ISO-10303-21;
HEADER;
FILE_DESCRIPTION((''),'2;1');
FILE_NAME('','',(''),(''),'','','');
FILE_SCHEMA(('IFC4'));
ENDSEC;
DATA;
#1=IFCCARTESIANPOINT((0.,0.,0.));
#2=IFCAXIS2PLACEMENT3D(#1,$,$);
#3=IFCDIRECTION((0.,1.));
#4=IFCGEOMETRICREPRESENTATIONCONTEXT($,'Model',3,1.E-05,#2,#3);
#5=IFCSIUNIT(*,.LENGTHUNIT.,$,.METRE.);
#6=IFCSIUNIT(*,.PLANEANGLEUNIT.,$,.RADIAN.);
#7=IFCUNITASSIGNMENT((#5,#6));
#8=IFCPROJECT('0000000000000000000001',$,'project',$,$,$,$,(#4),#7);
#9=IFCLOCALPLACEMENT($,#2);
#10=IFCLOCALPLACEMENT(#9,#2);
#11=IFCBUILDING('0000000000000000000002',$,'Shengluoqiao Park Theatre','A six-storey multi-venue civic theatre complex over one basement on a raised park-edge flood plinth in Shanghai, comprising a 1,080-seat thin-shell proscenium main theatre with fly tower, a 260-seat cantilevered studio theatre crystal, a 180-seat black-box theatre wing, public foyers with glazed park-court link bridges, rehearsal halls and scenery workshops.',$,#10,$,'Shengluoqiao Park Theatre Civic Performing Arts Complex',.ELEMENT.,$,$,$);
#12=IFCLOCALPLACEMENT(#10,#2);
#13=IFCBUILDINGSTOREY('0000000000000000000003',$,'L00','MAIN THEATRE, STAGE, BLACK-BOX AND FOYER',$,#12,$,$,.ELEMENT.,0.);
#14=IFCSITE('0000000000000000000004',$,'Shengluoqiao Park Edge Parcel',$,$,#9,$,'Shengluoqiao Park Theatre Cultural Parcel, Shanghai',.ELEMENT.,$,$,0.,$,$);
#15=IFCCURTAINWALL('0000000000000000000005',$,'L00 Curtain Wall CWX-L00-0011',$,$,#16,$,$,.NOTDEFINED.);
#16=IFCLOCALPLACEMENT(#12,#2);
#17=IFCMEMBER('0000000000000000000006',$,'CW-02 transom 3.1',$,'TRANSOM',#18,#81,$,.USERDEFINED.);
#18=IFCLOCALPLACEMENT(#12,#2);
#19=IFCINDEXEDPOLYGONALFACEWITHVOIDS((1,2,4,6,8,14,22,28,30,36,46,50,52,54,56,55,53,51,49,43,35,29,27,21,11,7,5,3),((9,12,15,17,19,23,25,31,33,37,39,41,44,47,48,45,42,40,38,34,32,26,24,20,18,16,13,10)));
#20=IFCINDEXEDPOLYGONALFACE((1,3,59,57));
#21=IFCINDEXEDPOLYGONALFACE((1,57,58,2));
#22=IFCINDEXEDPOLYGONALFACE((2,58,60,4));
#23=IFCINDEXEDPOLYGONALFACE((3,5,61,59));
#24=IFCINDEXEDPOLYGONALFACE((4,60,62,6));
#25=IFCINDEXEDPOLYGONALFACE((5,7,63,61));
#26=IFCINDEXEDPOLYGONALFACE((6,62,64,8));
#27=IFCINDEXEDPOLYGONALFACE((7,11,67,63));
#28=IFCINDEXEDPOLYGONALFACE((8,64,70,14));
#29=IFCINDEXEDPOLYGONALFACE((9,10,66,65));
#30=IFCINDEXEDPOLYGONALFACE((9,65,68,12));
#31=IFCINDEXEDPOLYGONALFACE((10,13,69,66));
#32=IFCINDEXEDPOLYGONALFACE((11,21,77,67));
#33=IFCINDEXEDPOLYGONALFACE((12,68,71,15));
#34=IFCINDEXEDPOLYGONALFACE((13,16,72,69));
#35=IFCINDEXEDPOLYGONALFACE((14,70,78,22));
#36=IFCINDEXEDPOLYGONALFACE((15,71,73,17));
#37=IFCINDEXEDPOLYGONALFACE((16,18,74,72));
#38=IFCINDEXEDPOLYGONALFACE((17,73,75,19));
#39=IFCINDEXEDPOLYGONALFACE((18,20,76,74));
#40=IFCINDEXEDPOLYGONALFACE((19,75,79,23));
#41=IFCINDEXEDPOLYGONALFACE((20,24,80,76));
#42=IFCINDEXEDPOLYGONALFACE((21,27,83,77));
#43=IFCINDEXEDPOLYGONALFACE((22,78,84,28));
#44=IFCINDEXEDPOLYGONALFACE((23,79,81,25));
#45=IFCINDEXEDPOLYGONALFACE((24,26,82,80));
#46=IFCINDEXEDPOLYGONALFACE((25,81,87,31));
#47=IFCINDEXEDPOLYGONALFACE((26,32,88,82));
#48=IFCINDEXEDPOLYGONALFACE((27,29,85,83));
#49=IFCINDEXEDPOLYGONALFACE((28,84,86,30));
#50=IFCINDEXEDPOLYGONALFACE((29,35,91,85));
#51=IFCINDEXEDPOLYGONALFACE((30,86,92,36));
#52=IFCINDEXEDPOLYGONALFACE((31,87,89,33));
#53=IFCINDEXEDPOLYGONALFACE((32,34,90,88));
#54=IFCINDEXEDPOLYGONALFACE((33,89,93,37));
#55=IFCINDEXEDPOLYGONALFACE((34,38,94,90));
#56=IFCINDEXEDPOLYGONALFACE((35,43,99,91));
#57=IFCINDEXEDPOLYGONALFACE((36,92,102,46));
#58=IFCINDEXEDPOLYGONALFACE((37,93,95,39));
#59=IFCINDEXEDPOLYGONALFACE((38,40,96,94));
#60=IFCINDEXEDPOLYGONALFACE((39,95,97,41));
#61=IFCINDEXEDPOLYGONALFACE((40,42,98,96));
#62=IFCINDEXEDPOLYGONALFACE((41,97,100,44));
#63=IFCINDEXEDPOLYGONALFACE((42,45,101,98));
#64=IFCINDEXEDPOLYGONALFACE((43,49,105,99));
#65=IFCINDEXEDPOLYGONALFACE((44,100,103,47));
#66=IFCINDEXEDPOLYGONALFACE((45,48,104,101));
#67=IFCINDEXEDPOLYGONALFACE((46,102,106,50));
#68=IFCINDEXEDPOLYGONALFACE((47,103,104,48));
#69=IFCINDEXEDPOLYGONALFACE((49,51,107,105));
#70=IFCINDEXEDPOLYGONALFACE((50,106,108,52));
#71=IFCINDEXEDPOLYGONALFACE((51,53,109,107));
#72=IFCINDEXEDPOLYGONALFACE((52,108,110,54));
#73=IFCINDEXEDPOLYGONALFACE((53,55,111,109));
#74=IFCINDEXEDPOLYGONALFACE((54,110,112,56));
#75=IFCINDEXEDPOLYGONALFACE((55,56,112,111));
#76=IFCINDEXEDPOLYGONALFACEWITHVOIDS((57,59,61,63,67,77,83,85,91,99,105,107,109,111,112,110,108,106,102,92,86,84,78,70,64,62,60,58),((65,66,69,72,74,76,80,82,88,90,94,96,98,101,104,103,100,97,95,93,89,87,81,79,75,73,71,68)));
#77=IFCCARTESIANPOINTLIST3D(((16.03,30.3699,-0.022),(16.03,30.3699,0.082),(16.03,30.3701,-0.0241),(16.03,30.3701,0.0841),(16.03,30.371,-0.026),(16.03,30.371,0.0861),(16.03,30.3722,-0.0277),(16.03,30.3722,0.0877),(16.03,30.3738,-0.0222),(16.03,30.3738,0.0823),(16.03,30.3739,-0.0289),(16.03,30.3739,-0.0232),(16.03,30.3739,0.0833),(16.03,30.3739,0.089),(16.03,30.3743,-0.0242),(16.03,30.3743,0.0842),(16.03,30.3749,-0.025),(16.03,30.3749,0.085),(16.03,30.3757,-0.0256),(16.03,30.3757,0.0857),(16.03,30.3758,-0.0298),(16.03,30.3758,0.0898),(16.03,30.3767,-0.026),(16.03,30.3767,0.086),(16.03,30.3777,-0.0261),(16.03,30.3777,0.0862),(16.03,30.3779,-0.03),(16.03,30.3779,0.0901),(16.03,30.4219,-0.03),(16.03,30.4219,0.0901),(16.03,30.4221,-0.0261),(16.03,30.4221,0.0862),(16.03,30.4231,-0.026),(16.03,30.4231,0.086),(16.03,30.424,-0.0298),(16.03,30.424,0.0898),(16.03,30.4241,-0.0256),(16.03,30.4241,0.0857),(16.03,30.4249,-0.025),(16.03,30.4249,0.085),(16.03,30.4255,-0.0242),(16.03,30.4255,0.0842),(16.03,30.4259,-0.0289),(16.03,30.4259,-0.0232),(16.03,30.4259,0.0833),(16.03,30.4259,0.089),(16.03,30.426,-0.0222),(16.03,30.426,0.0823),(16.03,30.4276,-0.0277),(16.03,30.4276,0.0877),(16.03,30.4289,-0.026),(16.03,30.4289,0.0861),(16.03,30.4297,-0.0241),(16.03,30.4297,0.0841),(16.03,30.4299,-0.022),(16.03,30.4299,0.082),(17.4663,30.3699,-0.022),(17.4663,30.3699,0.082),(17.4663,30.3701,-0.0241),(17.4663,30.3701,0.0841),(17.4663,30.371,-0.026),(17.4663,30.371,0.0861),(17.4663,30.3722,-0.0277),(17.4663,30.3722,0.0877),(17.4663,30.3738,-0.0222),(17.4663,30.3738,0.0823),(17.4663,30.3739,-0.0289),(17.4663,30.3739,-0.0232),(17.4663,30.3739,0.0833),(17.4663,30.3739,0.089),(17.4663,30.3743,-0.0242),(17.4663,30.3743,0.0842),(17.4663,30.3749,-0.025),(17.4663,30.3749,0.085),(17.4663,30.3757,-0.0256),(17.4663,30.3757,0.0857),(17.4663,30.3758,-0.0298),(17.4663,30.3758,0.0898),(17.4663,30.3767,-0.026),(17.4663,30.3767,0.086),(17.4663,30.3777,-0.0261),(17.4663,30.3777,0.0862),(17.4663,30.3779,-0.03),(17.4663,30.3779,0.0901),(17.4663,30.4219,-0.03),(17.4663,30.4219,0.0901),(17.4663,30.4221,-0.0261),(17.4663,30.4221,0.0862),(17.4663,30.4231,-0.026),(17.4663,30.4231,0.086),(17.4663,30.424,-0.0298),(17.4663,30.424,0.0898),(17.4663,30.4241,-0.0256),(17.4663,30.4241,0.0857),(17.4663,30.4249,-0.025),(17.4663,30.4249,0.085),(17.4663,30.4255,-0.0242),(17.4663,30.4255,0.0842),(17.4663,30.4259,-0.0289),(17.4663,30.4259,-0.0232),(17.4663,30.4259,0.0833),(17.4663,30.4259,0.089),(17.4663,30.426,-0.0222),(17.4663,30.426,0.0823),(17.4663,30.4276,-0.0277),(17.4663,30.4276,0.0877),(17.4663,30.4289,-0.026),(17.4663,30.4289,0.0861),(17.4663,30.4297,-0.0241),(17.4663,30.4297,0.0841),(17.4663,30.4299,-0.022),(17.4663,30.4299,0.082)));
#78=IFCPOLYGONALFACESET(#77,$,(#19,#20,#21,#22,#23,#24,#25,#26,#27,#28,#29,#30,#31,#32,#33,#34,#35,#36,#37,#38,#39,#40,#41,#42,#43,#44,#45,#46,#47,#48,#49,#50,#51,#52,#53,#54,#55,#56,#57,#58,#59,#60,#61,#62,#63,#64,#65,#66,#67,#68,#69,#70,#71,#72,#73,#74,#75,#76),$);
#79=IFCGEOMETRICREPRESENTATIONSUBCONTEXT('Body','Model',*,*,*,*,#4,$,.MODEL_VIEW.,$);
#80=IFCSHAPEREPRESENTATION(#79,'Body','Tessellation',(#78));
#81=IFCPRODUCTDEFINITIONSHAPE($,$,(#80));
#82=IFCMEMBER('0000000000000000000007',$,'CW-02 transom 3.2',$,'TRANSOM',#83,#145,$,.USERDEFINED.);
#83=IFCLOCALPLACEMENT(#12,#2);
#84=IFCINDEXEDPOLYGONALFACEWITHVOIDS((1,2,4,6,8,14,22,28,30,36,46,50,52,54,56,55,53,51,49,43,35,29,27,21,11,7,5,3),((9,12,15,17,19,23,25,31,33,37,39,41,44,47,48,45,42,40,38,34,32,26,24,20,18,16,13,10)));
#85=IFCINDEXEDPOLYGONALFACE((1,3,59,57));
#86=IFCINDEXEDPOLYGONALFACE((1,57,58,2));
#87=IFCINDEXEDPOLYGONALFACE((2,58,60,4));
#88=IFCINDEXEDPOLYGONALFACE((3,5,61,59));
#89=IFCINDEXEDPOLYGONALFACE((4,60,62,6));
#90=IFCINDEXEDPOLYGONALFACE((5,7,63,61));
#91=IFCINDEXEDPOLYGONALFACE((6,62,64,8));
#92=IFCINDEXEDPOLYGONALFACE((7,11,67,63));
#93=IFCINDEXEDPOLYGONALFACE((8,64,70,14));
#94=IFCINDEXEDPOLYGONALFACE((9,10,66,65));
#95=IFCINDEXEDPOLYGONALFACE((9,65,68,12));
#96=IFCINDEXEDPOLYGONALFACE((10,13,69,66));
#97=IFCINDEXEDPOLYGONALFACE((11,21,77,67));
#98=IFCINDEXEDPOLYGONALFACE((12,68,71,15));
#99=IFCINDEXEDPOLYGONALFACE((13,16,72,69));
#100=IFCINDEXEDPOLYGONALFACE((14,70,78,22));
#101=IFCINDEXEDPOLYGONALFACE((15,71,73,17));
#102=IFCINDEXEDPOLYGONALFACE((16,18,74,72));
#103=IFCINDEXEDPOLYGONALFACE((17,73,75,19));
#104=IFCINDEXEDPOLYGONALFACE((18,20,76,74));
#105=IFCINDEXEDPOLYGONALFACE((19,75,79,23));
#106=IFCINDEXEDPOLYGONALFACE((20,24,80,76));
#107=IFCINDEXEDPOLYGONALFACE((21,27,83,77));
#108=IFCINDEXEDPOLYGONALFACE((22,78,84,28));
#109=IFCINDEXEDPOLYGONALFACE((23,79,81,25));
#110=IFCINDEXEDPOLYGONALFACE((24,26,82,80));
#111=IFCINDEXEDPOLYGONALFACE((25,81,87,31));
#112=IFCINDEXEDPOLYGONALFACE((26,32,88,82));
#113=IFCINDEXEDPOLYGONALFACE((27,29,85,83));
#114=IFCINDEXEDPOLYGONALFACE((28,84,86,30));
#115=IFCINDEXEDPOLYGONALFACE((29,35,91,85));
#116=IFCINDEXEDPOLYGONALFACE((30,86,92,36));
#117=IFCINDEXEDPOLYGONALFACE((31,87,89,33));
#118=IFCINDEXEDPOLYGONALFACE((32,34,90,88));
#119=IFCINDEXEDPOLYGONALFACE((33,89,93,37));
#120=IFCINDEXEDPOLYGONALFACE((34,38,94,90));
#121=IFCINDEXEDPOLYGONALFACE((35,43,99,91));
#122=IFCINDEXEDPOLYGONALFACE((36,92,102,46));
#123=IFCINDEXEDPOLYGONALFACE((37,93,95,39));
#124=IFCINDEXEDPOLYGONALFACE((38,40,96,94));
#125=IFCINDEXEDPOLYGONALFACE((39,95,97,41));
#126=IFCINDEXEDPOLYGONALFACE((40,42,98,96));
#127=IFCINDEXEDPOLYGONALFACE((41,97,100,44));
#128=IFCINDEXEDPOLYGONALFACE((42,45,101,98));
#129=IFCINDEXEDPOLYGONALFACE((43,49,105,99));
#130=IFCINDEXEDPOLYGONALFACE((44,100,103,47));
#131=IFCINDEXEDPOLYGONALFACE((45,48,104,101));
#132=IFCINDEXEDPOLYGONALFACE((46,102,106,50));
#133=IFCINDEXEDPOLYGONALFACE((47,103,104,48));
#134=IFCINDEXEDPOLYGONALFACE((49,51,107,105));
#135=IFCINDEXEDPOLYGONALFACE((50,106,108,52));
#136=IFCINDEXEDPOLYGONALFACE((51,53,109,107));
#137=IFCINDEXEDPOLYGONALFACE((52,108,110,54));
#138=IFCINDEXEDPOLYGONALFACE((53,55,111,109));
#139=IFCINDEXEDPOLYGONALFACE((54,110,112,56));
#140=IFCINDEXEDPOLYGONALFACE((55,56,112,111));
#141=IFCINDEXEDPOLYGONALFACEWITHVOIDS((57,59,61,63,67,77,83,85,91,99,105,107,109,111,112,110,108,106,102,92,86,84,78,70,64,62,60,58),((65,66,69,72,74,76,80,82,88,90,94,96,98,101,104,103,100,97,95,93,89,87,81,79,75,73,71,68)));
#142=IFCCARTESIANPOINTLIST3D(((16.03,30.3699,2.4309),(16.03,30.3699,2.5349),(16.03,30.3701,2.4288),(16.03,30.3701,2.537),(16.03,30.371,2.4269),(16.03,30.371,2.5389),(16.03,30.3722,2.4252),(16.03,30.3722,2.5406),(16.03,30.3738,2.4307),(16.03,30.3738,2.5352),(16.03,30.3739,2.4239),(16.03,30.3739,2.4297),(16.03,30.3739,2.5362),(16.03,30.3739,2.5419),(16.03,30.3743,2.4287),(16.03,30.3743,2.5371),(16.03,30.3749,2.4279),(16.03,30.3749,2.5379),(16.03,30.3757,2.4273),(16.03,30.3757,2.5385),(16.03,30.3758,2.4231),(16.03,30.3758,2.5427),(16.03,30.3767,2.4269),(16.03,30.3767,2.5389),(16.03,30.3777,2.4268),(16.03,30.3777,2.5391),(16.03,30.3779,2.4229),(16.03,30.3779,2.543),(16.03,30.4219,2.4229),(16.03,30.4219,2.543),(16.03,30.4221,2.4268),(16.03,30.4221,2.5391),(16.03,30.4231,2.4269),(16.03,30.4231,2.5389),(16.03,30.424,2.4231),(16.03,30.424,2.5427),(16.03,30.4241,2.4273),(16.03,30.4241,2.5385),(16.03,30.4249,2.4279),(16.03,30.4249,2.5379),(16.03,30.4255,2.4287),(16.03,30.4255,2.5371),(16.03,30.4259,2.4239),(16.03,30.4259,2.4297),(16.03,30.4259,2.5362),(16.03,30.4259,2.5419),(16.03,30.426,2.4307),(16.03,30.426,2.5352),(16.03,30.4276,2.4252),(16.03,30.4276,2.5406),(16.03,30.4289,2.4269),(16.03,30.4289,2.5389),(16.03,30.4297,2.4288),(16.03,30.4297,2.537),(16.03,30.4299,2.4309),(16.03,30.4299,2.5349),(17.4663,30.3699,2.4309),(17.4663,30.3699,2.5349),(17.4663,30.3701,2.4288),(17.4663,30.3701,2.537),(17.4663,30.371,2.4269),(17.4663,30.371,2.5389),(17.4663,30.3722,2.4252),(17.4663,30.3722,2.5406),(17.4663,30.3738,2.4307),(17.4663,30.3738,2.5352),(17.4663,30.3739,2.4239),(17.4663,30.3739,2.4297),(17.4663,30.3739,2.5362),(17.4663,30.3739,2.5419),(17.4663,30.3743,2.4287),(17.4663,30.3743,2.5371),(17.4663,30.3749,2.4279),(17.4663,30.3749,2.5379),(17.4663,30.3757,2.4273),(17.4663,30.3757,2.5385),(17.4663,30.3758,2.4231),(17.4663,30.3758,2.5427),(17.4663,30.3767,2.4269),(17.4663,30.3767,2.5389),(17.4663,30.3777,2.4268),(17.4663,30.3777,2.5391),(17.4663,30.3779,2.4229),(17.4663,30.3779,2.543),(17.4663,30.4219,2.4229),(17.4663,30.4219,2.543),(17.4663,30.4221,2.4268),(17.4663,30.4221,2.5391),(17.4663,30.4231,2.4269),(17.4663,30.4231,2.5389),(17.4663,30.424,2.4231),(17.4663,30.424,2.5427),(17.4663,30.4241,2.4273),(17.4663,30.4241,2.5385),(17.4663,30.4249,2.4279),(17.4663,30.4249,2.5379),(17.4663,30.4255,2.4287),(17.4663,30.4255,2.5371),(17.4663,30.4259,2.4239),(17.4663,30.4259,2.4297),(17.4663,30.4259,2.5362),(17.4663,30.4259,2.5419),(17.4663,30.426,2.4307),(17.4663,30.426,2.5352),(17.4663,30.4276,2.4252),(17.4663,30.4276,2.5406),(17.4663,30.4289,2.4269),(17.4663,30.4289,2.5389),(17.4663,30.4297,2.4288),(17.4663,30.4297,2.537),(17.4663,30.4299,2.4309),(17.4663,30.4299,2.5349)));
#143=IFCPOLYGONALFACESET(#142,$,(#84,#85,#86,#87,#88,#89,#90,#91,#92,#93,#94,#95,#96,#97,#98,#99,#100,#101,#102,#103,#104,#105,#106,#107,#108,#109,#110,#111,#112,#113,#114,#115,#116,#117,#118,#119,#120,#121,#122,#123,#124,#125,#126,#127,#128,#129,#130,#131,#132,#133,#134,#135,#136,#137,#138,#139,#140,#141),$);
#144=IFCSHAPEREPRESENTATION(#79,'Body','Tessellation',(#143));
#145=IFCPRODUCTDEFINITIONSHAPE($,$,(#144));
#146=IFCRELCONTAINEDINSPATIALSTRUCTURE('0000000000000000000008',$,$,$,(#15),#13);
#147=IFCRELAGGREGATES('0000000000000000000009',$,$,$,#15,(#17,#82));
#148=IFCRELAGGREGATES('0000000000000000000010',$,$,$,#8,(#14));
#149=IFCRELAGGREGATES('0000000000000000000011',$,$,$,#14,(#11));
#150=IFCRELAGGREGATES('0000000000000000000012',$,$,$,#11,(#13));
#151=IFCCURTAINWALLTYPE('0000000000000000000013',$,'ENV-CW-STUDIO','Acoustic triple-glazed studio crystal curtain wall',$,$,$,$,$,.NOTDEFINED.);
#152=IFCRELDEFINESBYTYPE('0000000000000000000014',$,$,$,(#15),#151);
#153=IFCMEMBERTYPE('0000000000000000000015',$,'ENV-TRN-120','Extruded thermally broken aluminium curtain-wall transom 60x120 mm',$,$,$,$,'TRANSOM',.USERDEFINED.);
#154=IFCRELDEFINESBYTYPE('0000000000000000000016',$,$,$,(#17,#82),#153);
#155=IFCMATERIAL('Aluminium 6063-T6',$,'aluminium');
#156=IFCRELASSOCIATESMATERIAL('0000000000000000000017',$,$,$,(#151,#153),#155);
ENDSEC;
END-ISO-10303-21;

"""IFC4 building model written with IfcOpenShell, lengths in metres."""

from ifc_helpers import new_model, si_unit, direction, frame, origin, origin_2d, place, context, subcontext, project, spatial, hollow_rectangle, extrude, material, material_profile, profile_set, type_object, element, aggregate, save


model = new_model("IFC4")

# Units and contexts
model_context = context("Model", 3, precision=1e-05, world=origin(), true_north=direction((0.0, 1.0)))
body_context = subcontext(model_context, "Body", "Model", "MODEL_VIEW")
ifc_project = project(units=[si_unit("LENGTHUNIT", "METRE"), si_unit("PLANEANGLEUNIT", "RADIAN")], contexts=[model_context])

# Site, building, storey
site_placement = place(None, origin())
site = spatial("IfcSite", under=ifc_project, at=site_placement, Name="Shengluoqiao Park Edge Parcel", LongName="Shengluoqiao Park Theatre Cultural Parcel, Shanghai", CompositionType="ELEMENT", RefElevation=0.0)
building_placement = place(site_placement, origin())
building = spatial("IfcBuilding", under=site, at=building_placement, Name="Shengluoqiao Park Theatre", Description="A six-storey multi-venue civic theatre complex over one basement on a raised park-edge flood plinth in Shanghai, comprising a 1,080-seat thin-shell proscenium main theatre with fly tower, a 260-seat cantilevered studio theatre crystal, a 180-seat black-box theatre wing, public foyers with glazed park-court link bridges, rehearsal halls and scenery workshops.", LongName="Shengluoqiao Park Theatre Civic Performing Arts Complex", CompositionType="ELEMENT")
storey_placement = place(building_placement, origin())
storey = spatial("IfcBuildingStorey", under=building, at=storey_placement, Name="L00", Description="MAIN THEATRE, STAGE, BLACK-BOX AND FOYER", CompositionType="ELEMENT", Elevation=0.0)

# Curtain wall, members
ifc_material_1 = material(Name="Aluminium 6063-T6", Category="aluminium")
curtain_wall_type = type_object("IfcCurtainWallType", Name="ENV-CW-STUDIO", Description="Acoustic triple-glazed studio crystal curtain wall", PredefinedType="NOTDEFINED", material=ifc_material_1)
curtain_wall_placement = place(storey_placement, origin())
curtain_wall = element("IfcCurtainWall", 1, at=curtain_wall_placement, inside=storey, type_object=curtain_wall_type, Name="L00 Curtain Wall CWX-L00-0011", PredefinedType="NOTDEFINED")
ifc_material_profile_1 = material_profile(ifc_material_1, hollow_rectangle(XDim=0.0601, YDim=0.1201, WallThickness=0.0039, InnerFilletRadius=0.0039, OuterFilletRadius=0.0081, at=origin_2d()), Name="ALU TRANSOM 120x60x4")
ifc_profile_set_1 = profile_set([ifc_material_profile_1], Name="Aluminium 6063-T6")
member_type_1 = type_object("IfcMemberType", Name="ENV-TRN-120", Description="Extruded thermally broken aluminium curtain-wall transom 60x120 mm", ElementType="TRANSOM", PredefinedType="USERDEFINED", material=ifc_profile_set_1)
member_1_placement = place(storey_placement, frame((16.03, 30.3999, 0.03), z_axis=(1.0, 0.0, 0.0), x_axis=(0.0, 1.0, 0.0)))
member_1 = element("IfcMember", 2, at=member_1_placement, type_object=member_type_1, Name="CW-02 transom 3.1", ObjectType="TRANSOM", PredefinedType="USERDEFINED", context=body_context, shape_type="SweptSolid", body=[
    extrude(hollow_rectangle(XDim=0.0601, YDim=0.1201, WallThickness=0.0039, InnerFilletRadius=0.0039, OuterFilletRadius=0.0081, at=origin_2d()), origin(), (0.0, 0.0, 1.0), 1.4363),
])
member_2_placement = place(storey_placement, frame((16.03, 30.3999, 2.4829), z_axis=(1.0, 0.0, 0.0), x_axis=(0.0, 1.0, 0.0)))
member_2 = element("IfcMember", 3, at=member_2_placement, type_object=member_type_1, Name="CW-02 transom 3.2", ObjectType="TRANSOM", PredefinedType="USERDEFINED", context=body_context, shape_type="SweptSolid", body=[
    extrude(hollow_rectangle(XDim=0.0601, YDim=0.1201, WallThickness=0.0039, InnerFilletRadius=0.0039, OuterFilletRadius=0.0081, at=origin_2d()), origin(), (0.0, 0.0, 1.0), 1.4363),
])
aggregate(curtain_wall, [member_1, member_2])

save(model, "model.ifc")
